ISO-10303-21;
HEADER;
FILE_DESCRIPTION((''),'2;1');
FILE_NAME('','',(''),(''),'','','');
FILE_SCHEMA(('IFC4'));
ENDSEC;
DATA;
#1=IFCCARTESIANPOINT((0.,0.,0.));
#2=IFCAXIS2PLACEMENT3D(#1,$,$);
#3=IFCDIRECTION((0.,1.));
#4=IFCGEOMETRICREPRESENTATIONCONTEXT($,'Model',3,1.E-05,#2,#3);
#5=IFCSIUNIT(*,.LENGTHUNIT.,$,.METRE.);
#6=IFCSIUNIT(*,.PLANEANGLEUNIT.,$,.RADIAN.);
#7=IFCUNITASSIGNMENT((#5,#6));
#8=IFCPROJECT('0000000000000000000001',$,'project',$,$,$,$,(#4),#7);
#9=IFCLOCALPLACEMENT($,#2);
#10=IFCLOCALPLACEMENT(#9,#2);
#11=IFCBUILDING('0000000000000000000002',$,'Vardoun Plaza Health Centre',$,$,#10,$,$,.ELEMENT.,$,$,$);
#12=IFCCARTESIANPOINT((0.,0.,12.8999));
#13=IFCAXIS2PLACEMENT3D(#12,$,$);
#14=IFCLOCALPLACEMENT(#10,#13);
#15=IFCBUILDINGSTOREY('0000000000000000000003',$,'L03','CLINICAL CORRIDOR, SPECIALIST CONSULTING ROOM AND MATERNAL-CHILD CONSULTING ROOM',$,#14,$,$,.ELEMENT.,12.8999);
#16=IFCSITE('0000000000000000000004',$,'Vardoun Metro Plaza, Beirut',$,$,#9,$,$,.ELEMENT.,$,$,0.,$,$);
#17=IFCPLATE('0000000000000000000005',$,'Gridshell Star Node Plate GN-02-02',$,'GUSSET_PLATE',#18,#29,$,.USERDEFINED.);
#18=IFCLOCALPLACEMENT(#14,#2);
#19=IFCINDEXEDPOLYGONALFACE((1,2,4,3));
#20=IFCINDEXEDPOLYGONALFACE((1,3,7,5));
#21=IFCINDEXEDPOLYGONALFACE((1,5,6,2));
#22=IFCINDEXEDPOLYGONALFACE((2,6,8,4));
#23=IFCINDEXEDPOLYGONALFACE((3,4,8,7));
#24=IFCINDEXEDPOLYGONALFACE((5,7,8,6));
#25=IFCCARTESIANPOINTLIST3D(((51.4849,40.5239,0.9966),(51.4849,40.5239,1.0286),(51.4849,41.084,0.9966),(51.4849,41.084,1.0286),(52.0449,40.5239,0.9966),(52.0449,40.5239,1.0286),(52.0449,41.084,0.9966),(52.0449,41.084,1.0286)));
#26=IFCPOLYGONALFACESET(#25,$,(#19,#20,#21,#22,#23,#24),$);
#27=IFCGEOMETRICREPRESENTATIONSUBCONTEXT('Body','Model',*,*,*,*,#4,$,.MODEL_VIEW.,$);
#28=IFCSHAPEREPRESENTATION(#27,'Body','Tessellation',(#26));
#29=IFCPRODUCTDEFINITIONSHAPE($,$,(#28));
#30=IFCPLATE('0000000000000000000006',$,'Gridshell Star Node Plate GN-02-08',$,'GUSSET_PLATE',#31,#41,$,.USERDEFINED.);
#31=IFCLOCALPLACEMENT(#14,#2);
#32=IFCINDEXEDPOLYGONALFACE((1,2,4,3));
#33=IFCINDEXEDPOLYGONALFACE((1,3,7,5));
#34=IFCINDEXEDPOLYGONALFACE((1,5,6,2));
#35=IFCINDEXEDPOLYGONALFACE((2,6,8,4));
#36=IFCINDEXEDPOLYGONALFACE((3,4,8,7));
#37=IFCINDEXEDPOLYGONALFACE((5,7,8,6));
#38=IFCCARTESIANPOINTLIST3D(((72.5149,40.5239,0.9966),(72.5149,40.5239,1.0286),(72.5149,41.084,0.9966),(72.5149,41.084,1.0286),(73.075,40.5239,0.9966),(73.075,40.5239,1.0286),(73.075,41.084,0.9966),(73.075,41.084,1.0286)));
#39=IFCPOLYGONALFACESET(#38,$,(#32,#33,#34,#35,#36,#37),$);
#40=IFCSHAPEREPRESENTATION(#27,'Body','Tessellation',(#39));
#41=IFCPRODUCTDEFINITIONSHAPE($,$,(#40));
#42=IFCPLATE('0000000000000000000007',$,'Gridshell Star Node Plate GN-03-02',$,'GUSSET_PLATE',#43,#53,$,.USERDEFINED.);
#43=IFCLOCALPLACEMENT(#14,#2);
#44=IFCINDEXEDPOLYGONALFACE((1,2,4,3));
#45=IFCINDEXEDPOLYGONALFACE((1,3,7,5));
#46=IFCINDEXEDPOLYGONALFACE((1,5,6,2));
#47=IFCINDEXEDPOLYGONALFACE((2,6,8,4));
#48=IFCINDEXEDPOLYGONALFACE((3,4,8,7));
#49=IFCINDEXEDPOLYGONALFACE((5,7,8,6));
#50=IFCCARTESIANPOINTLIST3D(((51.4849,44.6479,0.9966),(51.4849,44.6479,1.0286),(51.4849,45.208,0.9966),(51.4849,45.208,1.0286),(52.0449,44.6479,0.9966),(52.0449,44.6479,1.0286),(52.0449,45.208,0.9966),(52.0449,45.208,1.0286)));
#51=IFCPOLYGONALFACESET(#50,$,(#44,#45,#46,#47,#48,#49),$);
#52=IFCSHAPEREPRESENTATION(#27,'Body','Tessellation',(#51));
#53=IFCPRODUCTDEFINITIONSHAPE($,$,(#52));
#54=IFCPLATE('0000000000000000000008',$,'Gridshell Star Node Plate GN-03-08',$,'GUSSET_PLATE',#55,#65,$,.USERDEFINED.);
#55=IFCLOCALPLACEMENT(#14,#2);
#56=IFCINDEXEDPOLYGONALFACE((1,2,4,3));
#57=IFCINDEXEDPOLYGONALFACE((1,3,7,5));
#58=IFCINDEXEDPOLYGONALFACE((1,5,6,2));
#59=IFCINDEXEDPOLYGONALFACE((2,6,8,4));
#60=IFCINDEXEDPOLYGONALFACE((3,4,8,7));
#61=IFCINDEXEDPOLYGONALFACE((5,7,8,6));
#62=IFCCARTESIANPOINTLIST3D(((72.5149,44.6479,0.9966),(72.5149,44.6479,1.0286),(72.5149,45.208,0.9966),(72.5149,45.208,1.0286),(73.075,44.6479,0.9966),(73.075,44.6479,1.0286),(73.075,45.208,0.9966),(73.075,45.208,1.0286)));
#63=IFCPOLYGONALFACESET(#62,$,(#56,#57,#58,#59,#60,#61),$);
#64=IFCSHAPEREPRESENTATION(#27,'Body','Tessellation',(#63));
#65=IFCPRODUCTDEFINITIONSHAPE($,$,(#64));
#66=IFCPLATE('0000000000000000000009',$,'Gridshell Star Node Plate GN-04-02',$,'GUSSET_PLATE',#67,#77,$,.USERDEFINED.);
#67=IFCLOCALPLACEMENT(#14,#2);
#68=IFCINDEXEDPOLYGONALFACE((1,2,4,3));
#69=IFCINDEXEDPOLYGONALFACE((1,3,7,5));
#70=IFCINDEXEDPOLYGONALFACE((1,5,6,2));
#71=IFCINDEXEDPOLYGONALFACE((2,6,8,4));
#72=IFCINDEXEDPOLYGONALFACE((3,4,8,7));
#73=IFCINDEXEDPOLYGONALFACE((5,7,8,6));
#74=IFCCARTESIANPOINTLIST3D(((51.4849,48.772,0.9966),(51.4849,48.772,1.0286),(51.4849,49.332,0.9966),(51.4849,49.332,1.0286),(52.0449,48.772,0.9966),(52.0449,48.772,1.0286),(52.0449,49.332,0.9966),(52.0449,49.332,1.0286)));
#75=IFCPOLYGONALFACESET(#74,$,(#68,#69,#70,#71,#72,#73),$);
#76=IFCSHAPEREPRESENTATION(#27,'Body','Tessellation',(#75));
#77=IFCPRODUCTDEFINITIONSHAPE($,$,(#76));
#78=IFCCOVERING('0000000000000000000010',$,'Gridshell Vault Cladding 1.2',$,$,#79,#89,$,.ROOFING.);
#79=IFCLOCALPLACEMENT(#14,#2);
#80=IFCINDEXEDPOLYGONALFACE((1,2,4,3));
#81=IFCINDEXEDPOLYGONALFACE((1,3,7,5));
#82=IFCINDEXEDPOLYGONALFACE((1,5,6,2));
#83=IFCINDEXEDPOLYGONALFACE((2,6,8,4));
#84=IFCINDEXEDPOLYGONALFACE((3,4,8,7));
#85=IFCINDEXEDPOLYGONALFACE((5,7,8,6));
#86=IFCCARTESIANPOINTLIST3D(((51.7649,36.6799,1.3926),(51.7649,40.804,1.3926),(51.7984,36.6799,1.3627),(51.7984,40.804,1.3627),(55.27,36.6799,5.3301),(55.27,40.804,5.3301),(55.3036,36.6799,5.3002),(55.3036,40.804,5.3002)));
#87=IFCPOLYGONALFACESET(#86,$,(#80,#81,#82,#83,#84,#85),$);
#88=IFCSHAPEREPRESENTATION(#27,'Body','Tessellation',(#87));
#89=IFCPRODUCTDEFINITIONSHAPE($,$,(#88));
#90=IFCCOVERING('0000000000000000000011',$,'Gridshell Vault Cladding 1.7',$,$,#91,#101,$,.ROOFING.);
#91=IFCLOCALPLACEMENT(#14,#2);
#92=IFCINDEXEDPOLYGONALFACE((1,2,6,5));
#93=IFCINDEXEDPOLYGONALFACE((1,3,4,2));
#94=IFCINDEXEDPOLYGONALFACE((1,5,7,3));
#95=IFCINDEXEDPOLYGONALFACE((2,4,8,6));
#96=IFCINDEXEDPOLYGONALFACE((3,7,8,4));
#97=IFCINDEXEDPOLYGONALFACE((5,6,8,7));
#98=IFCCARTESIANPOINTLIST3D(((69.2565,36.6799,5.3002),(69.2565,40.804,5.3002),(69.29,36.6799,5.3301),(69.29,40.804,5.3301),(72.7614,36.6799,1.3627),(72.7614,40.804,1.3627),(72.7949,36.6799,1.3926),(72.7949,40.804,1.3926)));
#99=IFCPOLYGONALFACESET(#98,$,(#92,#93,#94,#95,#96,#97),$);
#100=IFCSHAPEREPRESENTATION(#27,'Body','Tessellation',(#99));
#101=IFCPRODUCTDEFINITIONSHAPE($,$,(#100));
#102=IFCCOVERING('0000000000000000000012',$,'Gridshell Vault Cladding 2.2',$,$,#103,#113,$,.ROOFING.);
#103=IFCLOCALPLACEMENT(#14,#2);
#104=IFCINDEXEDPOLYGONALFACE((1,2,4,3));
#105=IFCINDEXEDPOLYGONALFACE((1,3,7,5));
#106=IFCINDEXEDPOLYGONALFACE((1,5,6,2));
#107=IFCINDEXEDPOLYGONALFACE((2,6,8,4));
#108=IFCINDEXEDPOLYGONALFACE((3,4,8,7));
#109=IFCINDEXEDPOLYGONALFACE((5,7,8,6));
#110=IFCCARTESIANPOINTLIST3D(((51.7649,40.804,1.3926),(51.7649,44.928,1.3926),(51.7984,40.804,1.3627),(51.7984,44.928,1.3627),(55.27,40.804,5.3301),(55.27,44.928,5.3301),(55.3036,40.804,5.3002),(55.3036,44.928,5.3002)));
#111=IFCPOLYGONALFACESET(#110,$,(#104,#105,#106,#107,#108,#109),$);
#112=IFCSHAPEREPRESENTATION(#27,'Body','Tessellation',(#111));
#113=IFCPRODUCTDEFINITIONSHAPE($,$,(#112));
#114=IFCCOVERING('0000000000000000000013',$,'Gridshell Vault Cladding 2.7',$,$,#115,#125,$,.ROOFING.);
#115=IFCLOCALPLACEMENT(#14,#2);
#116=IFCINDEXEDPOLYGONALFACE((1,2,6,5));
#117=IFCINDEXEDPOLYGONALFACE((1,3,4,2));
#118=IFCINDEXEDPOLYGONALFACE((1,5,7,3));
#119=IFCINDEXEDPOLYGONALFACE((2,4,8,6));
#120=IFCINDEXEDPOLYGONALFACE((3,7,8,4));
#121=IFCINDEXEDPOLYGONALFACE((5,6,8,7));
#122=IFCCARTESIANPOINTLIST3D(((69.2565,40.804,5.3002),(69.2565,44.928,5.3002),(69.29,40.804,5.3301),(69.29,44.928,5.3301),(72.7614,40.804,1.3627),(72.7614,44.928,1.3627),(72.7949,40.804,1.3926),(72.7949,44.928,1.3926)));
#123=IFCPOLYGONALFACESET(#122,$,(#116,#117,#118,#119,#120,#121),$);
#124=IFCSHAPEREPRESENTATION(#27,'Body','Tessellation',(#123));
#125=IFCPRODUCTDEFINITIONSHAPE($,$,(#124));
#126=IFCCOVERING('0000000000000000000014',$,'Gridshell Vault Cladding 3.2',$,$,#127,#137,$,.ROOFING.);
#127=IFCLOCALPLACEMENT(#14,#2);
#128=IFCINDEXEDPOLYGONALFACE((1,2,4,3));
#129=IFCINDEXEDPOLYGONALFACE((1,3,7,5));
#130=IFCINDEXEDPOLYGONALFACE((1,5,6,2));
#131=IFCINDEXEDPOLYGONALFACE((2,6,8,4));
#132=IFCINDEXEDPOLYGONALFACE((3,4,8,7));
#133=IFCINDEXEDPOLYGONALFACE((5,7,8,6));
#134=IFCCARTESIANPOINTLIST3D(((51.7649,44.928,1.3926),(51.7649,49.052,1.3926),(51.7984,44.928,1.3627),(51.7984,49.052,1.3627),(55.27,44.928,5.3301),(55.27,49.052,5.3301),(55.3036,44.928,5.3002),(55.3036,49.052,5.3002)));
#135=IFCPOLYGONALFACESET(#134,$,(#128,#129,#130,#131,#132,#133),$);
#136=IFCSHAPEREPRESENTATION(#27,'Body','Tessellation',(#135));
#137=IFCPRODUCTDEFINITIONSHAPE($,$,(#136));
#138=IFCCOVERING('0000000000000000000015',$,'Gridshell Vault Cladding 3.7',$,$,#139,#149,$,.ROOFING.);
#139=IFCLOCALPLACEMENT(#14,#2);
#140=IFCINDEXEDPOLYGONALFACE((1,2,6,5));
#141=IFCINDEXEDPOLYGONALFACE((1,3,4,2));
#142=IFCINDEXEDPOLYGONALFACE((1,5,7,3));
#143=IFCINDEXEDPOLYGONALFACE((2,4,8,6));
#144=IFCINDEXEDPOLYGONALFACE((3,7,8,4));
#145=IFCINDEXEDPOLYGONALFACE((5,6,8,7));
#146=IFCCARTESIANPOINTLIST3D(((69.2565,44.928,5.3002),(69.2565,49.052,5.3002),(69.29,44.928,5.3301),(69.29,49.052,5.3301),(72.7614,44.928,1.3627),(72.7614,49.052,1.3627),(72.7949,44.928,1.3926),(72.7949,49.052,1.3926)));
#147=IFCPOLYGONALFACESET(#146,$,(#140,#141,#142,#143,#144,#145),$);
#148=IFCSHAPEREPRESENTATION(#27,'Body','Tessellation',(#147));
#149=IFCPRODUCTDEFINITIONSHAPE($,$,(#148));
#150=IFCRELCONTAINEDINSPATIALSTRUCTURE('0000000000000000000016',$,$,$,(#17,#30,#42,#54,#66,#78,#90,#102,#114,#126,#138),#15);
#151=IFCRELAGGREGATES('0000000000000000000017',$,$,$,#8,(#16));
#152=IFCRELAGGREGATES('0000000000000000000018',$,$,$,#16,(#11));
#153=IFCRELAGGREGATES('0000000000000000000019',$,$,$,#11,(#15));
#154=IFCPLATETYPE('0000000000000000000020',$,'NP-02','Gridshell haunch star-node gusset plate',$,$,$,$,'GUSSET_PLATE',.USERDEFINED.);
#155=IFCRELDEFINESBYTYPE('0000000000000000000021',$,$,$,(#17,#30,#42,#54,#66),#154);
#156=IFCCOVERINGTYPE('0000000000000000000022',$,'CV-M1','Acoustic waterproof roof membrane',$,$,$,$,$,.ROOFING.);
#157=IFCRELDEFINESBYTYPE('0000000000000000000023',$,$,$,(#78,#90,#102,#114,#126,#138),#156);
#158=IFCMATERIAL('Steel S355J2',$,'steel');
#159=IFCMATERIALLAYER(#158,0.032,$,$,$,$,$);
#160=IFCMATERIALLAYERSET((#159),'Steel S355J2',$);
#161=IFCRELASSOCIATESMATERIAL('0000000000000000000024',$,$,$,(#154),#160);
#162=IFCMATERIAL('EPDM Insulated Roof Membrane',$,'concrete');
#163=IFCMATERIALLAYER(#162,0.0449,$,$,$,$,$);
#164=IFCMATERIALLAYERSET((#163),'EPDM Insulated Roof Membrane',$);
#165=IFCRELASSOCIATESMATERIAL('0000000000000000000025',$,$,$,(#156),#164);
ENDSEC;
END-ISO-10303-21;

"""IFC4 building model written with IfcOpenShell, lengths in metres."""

from ifc_helpers import new_model, si_unit, direction, frame, origin, origin_2d, place, context, subcontext, project, spatial, polyline, rectangle, outline, extrude, material, layer, layer_set, type_object, element, save


model = new_model("IFC4")

# Units and contexts
model_context = context("Model", 3, precision=1e-05, world=origin(), true_north=direction((0.0, 1.0)))
body_context = subcontext(model_context, "Body", "Model", "MODEL_VIEW")
ifc_project = project(units=[si_unit("LENGTHUNIT", "METRE"), si_unit("PLANEANGLEUNIT", "RADIAN")], contexts=[model_context])

# Site, building, storey
site_placement = place(None, origin())
site = spatial("IfcSite", under=ifc_project, at=site_placement, Name="Vardoun Metro Plaza, Beirut", CompositionType="ELEMENT", RefElevation=0.0)
building_placement = place(site_placement, origin())
building = spatial("IfcBuilding", under=site, at=building_placement, Name="Vardoun Plaza Health Centre", CompositionType="ELEMENT")
storey_placement = place(building_placement, frame((0.0, 0.0, 12.8999)))
storey = spatial("IfcBuildingStorey", under=building, at=storey_placement, Name="L03", Description="CLINICAL CORRIDOR, SPECIALIST CONSULTING ROOM AND MATERNAL-CHILD CONSULTING ROOM", CompositionType="ELEMENT", Elevation=12.8999)

# Plates
ifc_material_1 = material(Name="Steel S355J2", Category="steel")
ifc_layer_1 = layer(ifc_material_1, 0.032)
ifc_layer_set_1 = layer_set([ifc_layer_1], Name="Steel S355J2")
plate_type = type_object("IfcPlateType", Name="NP-02", Description="Gridshell haunch star-node gusset plate", ElementType="GUSSET_PLATE", PredefinedType="USERDEFINED", material=ifc_layer_set_1)
for number, where, z_axis, x_axis, name in (
    (1, (51.7649, 40.804, 0.9966), (0.0, 0.0, 1.0), (1.0, 0.0, 0.0), "Gridshell Star Node Plate GN-02-02"),
    (2, (72.7949, 40.804, 0.9966), (0.0, 0.0, 1.0), (1.0, 0.0, 0.0), "Gridshell Star Node Plate GN-02-08"),
    (3, (51.7649, 44.928, 0.9966), (0.0, 0.0, 1.0), (1.0, 0.0, 0.0), "Gridshell Star Node Plate GN-03-02"),
    (4, (72.7949, 44.928, 0.9966), (0.0, 0.0, 1.0), (1.0, 0.0, 0.0), "Gridshell Star Node Plate GN-03-08"),
    (5, (51.7649, 49.052, 0.9966), (0.0, 0.0, 1.0), (1.0, 0.0, 0.0), "Gridshell Star Node Plate GN-04-02"),
):
    element("IfcPlate", number, at=place(storey_placement, frame(where, z_axis=z_axis, x_axis=x_axis)), inside=storey, type_object=plate_type, Name=name, ObjectType="GUSSET_PLATE", PredefinedType="USERDEFINED", context=body_context, shape_type="SweptSolid", body=[
        extrude(rectangle(XDim=0.5601, YDim=0.5601, at=origin_2d()), origin(), (0.0, 0.0, 1.0), 0.032),
    ])

# Coverings
ifc_material_2 = material(Name="EPDM Insulated Roof Membrane", Category="concrete")
ifc_layer_2 = layer(ifc_material_2, 0.0449)
ifc_layer_set_2 = layer_set([ifc_layer_2], Name="EPDM Insulated Roof Membrane")
covering_type = type_object("IfcCoveringType", Name="CV-M1", Description="Acoustic waterproof roof membrane", PredefinedType="ROOFING", material=ifc_layer_set_2)
covering_1_placement = place(storey_placement, frame((51.7649, 36.6799, 1.3926), z_axis=(-0.746926, 0.0, 0.664907), x_axis=(0.664907, 0.0, 0.746926)))
element("IfcCovering", 6, at=covering_1_placement, inside=storey, type_object=covering_type, Name="Gridshell Vault Cladding 1.2", PredefinedType="ROOFING", context=body_context, shape_type="SweptSolid", body=[
    extrude(outline(polyline([(0.0, 0.0), (5.2716, 0.0), (5.2716, 4.124), (0.0, 4.124), (0.0, 0.0)])), origin(), (0.0, 0.0, -1.0), 0.0449),
])
covering_2_placement = place(storey_placement, frame((69.29, 36.6799, 5.3301), z_axis=(0.746949, 0.0, 0.664881), x_axis=(0.664881, 0.0, -0.746949)))
element("IfcCovering", 7, at=covering_2_placement, inside=storey, type_object=covering_type, Name="Gridshell Vault Cladding 1.7", PredefinedType="ROOFING", context=body_context, shape_type="SweptSolid", body=[
    extrude(outline(polyline([(0.0, 0.0), (5.2714, 0.0), (5.2714, 4.124), (0.0, 4.124), (0.0, 0.0)])), origin(), (0.0, 0.0, -1.0), 0.0449),
])
covering_3_placement = place(storey_placement, frame((51.7649, 40.804, 1.3926), z_axis=(-0.746926, 0.0, 0.664907), x_axis=(0.664907, 0.0, 0.746926)))
element("IfcCovering", 8, at=covering_3_placement, inside=storey, type_object=covering_type, Name="Gridshell Vault Cladding 2.2", PredefinedType="ROOFING", context=body_context, shape_type="SweptSolid", body=[
    extrude(outline(polyline([(0.0, 0.0), (5.2716, 0.0), (5.2716, 4.124), (0.0, 4.124), (0.0, 0.0)])), origin(), (0.0, 0.0, -1.0), 0.0449),
])
covering_4_placement = place(storey_placement, frame((69.29, 40.804, 5.3301), z_axis=(0.746949, 0.0, 0.664881), x_axis=(0.664881, 0.0, -0.746949)))
element("IfcCovering", 9, at=covering_4_placement, inside=storey, type_object=covering_type, Name="Gridshell Vault Cladding 2.7", PredefinedType="ROOFING", context=body_context, shape_type="SweptSolid", body=[
    extrude(outline(polyline([(0.0, 0.0), (5.2714, 0.0), (5.2714, 4.124), (0.0, 4.124), (0.0, 0.0)])), origin(), (0.0, 0.0, -1.0), 0.0449),
])
covering_5_placement = place(storey_placement, frame((51.7649, 44.928, 1.3926), z_axis=(-0.746926, 0.0, 0.664907), x_axis=(0.664907, 0.0, 0.746926)))
element("IfcCovering", 10, at=covering_5_placement, inside=storey, type_object=covering_type, Name="Gridshell Vault Cladding 3.2", PredefinedType="ROOFING", context=body_context, shape_type="SweptSolid", body=[
    extrude(outline(polyline([(0.0, 0.0), (5.2716, 0.0), (5.2716, 4.124), (0.0, 4.124), (0.0, 0.0)])), origin(), (0.0, 0.0, -1.0), 0.0449),
])
covering_6_placement = place(storey_placement, frame((69.29, 44.928, 5.3301), z_axis=(0.746949, 0.0, 0.664881), x_axis=(0.664881, 0.0, -0.746949)))
element("IfcCovering", 11, at=covering_6_placement, inside=storey, type_object=covering_type, Name="Gridshell Vault Cladding 3.7", PredefinedType="ROOFING", context=body_context, shape_type="SweptSolid", body=[
    extrude(outline(polyline([(0.0, 0.0), (5.2714, 0.0), (5.2714, 4.124), (0.0, 4.124), (0.0, 0.0)])), origin(), (0.0, 0.0, -1.0), 0.0449),
])

save(model, "model.ifc")
